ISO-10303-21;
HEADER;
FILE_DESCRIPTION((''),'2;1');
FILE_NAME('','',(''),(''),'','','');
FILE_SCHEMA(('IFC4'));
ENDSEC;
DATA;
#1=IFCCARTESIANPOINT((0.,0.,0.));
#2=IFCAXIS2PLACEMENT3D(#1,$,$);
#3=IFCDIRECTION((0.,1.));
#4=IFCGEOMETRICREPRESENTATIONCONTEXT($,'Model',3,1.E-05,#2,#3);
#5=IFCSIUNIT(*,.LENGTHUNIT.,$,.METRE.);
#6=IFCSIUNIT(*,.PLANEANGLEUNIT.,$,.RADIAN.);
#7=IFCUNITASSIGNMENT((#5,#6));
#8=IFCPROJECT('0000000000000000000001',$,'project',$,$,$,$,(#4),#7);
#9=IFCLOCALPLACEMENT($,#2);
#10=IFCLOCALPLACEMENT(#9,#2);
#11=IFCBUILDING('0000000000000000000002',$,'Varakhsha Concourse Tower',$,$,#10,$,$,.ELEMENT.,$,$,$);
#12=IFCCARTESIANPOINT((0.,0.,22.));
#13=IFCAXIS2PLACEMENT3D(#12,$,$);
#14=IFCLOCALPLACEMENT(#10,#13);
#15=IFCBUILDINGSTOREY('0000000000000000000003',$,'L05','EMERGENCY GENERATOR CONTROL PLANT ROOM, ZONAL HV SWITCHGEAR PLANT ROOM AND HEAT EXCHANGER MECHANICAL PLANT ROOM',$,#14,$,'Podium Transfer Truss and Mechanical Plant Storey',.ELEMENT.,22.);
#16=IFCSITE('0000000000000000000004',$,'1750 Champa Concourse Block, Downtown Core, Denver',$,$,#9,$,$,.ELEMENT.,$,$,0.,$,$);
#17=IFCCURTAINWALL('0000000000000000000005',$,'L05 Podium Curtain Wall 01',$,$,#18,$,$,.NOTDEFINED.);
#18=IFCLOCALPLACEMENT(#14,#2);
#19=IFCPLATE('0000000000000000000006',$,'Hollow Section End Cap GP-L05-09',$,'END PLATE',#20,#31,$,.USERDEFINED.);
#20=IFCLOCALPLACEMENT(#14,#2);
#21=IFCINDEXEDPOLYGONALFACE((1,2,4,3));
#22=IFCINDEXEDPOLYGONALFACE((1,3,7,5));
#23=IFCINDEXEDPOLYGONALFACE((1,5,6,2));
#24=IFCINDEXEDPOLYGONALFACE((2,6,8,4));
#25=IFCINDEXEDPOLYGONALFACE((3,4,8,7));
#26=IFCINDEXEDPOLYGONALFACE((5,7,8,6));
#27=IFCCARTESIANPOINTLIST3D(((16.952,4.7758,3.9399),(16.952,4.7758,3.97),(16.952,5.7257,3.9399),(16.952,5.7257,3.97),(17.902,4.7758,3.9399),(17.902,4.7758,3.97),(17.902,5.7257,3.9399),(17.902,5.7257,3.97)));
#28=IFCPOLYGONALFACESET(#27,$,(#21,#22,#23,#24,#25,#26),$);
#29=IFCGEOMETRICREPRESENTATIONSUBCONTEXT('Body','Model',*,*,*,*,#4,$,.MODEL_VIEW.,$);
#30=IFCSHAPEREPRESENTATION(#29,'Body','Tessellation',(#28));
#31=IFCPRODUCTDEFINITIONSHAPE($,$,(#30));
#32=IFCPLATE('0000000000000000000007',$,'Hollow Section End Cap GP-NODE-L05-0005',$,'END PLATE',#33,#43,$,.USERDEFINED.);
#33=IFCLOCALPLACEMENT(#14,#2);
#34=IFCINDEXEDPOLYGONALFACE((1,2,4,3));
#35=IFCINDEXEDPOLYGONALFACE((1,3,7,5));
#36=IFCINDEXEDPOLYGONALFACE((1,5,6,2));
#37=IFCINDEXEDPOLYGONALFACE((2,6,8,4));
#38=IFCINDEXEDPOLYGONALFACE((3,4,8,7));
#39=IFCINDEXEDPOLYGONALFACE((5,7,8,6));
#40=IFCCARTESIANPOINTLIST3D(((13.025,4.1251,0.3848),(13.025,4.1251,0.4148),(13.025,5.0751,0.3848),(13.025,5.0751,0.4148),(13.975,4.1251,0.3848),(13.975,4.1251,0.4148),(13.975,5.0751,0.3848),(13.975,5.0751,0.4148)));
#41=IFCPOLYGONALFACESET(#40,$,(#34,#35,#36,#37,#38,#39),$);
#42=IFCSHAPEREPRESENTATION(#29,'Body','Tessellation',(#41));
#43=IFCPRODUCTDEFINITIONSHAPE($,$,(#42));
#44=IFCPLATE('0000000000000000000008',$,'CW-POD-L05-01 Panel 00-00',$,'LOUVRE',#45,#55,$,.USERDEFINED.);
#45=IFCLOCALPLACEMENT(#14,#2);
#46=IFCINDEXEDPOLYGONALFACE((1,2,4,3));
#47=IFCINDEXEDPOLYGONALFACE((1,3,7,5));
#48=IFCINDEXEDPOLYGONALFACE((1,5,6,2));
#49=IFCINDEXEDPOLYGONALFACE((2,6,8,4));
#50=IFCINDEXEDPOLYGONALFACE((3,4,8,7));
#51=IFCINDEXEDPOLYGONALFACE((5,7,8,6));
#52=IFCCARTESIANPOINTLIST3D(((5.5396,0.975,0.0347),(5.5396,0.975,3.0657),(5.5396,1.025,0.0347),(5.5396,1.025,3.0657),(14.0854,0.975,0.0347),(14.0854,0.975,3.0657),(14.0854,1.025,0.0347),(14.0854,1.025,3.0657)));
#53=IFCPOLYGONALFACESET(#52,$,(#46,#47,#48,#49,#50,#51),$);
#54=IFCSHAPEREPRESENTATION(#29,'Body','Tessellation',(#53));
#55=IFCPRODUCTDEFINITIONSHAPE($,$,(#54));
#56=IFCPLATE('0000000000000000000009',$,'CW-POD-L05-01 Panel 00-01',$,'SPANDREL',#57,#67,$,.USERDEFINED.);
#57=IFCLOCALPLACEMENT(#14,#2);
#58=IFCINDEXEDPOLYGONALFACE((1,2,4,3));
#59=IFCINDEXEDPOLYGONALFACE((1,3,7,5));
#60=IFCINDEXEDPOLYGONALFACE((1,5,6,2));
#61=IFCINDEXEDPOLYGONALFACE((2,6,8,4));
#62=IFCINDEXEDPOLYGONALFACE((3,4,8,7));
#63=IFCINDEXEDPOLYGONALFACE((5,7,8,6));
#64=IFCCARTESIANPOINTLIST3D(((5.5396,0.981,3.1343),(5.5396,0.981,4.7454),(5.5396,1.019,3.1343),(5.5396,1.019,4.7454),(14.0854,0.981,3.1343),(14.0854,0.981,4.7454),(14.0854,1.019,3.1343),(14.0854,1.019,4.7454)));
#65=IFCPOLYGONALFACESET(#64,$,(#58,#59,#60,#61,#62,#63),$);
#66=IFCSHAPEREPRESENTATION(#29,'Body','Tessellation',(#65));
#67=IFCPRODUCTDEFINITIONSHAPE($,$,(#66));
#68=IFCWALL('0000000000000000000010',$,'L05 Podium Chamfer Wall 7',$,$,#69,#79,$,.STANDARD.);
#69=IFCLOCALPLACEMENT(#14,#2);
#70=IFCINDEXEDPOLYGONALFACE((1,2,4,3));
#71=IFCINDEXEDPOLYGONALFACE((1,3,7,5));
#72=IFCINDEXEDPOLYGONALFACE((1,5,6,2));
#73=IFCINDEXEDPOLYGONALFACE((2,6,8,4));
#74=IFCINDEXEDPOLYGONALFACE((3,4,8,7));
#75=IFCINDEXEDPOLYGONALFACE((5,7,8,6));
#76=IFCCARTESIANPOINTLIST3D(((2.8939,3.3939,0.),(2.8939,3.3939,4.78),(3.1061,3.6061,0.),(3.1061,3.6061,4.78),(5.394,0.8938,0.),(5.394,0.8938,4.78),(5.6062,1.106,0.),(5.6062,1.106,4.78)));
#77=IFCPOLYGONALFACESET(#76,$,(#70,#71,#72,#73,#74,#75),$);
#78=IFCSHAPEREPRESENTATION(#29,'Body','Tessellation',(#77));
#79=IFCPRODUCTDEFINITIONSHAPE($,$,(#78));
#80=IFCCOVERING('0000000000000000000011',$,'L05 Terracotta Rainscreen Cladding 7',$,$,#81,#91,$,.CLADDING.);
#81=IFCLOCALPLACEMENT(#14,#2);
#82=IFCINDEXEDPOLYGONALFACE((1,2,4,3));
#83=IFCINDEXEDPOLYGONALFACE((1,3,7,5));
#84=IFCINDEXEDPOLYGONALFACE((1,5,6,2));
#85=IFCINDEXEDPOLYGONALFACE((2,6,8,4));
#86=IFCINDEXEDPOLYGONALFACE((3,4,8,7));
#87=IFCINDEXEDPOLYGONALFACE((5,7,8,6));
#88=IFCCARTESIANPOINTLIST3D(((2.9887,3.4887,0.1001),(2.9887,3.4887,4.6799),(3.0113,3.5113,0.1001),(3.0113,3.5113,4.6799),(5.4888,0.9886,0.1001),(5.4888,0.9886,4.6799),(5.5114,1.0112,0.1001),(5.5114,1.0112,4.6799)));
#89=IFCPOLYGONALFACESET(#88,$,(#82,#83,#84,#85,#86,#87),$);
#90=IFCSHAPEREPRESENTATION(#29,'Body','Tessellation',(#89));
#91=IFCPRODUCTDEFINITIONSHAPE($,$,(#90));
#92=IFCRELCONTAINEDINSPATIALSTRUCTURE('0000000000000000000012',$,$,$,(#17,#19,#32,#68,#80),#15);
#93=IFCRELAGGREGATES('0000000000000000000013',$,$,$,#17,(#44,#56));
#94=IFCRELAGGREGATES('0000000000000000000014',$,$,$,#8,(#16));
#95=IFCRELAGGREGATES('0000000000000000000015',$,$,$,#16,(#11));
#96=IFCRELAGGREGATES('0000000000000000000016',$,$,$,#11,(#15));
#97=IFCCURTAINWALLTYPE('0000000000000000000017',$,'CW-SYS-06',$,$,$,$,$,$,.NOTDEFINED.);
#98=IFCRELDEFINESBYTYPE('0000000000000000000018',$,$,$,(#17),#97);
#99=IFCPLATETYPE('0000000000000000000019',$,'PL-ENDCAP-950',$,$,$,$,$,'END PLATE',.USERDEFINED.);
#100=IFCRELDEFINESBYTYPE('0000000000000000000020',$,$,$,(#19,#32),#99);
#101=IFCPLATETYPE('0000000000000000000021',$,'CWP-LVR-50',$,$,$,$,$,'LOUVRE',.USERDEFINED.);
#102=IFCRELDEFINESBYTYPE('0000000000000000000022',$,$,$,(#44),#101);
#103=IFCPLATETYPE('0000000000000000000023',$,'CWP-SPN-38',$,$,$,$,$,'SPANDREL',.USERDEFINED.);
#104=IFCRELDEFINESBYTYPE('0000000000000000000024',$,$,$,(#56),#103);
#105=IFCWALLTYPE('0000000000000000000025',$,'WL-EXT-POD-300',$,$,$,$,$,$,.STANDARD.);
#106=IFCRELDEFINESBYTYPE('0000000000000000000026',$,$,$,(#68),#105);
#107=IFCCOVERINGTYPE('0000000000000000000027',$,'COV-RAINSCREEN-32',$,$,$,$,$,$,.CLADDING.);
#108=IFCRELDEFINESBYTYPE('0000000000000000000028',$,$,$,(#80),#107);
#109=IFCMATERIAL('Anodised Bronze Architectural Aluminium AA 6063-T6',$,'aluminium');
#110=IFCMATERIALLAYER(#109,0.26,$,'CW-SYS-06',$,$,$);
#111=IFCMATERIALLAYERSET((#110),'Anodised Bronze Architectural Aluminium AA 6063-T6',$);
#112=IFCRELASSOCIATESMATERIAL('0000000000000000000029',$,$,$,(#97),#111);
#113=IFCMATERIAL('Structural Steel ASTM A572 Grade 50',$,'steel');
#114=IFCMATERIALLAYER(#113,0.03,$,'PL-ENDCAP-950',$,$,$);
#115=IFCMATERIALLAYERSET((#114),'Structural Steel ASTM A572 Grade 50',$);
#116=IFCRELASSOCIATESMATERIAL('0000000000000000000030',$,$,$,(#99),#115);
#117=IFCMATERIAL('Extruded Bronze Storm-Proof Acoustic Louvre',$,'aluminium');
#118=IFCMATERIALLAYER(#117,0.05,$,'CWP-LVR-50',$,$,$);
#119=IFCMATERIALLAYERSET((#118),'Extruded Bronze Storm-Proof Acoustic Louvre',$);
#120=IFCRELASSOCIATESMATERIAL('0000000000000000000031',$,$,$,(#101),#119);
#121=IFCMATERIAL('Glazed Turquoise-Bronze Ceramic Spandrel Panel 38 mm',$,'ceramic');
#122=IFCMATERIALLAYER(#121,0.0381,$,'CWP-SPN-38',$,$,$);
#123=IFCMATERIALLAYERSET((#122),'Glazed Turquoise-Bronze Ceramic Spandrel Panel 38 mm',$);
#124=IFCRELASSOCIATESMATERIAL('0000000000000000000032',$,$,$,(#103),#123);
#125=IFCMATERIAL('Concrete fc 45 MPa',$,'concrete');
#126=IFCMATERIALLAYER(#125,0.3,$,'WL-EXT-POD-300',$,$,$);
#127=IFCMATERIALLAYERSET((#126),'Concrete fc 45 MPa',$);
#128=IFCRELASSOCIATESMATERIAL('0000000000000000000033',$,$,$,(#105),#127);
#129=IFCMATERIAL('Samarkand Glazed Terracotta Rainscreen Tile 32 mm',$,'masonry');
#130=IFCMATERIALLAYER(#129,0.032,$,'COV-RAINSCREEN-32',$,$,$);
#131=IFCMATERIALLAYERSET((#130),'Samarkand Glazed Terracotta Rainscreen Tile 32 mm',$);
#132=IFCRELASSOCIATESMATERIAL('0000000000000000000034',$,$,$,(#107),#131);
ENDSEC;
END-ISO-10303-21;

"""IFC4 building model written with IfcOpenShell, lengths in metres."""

from ifc_helpers import new_model, si_unit, direction, frame, frame_2d, origin, origin_2d, place, context, subcontext, project, spatial, rectangle, extrude, source, transform, mapped, material, layer, layer_set, type_object, type_shapes, element, aggregate, save


model = new_model("IFC4")

# Units and contexts
model_context = context("Model", 3, precision=1e-05, world=origin(), true_north=direction((0.0, 1.0)))
body_context = subcontext(model_context, "Body", "Model", "MODEL_VIEW")
ifc_project = project(units=[si_unit("LENGTHUNIT", "METRE"), si_unit("PLANEANGLEUNIT", "RADIAN")], contexts=[model_context])

# Site, building, storey
site_placement = place(None, origin())
site = spatial("IfcSite", under=ifc_project, at=site_placement, Name="1750 Champa Concourse Block, Downtown Core, Denver", CompositionType="ELEMENT", RefElevation=0.0)
building_placement = place(site_placement, origin())
building = spatial("IfcBuilding", under=site, at=building_placement, Name="Varakhsha Concourse Tower", CompositionType="ELEMENT")
storey_placement = place(building_placement, frame((0.0, 0.0, 22.0)))
storey = spatial("IfcBuildingStorey", under=building, at=storey_placement, Name="L05", Description="EMERGENCY GENERATOR CONTROL PLANT ROOM, ZONAL HV SWITCHGEAR PLANT ROOM AND HEAT EXCHANGER MECHANICAL PLANT ROOM", LongName="Podium Transfer Truss and Mechanical Plant Storey", CompositionType="ELEMENT", Elevation=22.0)

# Shared definitions
ifc_material_1 = material(Name="Structural Steel ASTM A572 Grade 50", Category="steel")

# Curtain wall
ifc_material_2 = material(Name="Anodised Bronze Architectural Aluminium AA 6063-T6", Category="aluminium")
ifc_layer_1 = layer(ifc_material_2, 0.26, Name="CW-SYS-06")
ifc_layer_set_1 = layer_set([ifc_layer_1], Name="Anodised Bronze Architectural Aluminium AA 6063-T6")
curtain_wall_type = type_object("IfcCurtainWallType", Name="CW-SYS-06", PredefinedType="NOTDEFINED", material=ifc_layer_set_1)
curtain_wall_1_placement = place(storey_placement, origin())
curtain_wall_1 = element("IfcCurtainWall", 1, at=curtain_wall_1_placement, inside=storey, type_object=curtain_wall_type, Name="L05 Podium Curtain Wall 01", PredefinedType="NOTDEFINED")

# Shared definitions
ifc_material_3 = material(Name="Concrete fc 45 MPa", Category="concrete")

# Plates
ifc_layer_2 = layer(ifc_material_1, 0.03, Name="PL-ENDCAP-950")
ifc_layer_set_2 = layer_set([ifc_layer_2], Name="Structural Steel ASTM A572 Grade 50")
plate_type_1 = type_object("IfcPlateType", Name="PL-ENDCAP-950", ElementType="END PLATE", PredefinedType="USERDEFINED", material=ifc_layer_set_2)
shared_shape_1 = source(origin(), body_context, "Body", "SweptSolid", [
    extrude(rectangle(XDim=0.95, YDim=0.95, at=origin_2d()), origin(), (0.0, 0.0, 1.0), 0.03),
])
type_shapes(plate_type_1, [shared_shape_1])
for number, where, z_axis, x_axis, name in (
    (2, (17.427, 5.2507, 3.9399), (0.0, 0.0, 1.0), (1.0, 0.0, 0.0), "Hollow Section End Cap GP-L05-09"),
    (3, (13.5, 4.6001, 0.3848), (0.0, 0.0, 1.0), (1.0, 0.0, 0.0), "Hollow Section End Cap GP-NODE-L05-0005"),
):
    element("IfcPlate", number, at=place(storey_placement, frame(where, z_axis=z_axis, x_axis=x_axis)), inside=storey, type_object=plate_type_1, Name=name, ObjectType="END PLATE", PredefinedType="USERDEFINED", context=body_context, shape_type="MappedRepresentation", body=[
        mapped(shared_shape_1, transform((0.0, 0.0, 0.0), scale=1.0)),
    ])

# Plates
ifc_material_4 = material(Name="Extruded Bronze Storm-Proof Acoustic Louvre", Category="aluminium")
ifc_layer_3 = layer(ifc_material_4, 0.05, Name="CWP-LVR-50")
ifc_layer_set_3 = layer_set([ifc_layer_3], Name="Extruded Bronze Storm-Proof Acoustic Louvre")
plate_type_2 = type_object("IfcPlateType", Name="CWP-LVR-50", ElementType="LOUVRE", PredefinedType="USERDEFINED", material=ifc_layer_set_3)
shared_shape_2 = source(origin(), body_context, "Body", "SweptSolid", [
    extrude(rectangle(XDim=8.5459, YDim=0.05, at=origin_2d()), origin(), (0.0, 0.0, 1.0), 3.031),
])
type_shapes(plate_type_2, [shared_shape_2])
plate_1_placement = place(storey_placement, frame((9.8125, 1.0, 0.0347), z_axis=(0.0, 0.0, 1.0), x_axis=(1.0, 0.0, 0.0)))
plate_1 = element("IfcPlate", 4, at=plate_1_placement, type_object=plate_type_2, Name="CW-POD-L05-01 Panel 00-00", ObjectType="LOUVRE", PredefinedType="USERDEFINED", context=body_context, shape_type="MappedRepresentation", body=[
    mapped(shared_shape_2, transform((0.0, 0.0, 0.0), scale=1.0)),
])
ifc_material_5 = material(Name="Glazed Turquoise-Bronze Ceramic Spandrel Panel 38 mm", Category="ceramic")
ifc_layer_4 = layer(ifc_material_5, 0.0381, Name="CWP-SPN-38")
ifc_layer_set_4 = layer_set([ifc_layer_4], Name="Glazed Turquoise-Bronze Ceramic Spandrel Panel 38 mm")
plate_type_3 = type_object("IfcPlateType", Name="CWP-SPN-38", ElementType="SPANDREL", PredefinedType="USERDEFINED", material=ifc_layer_set_4)
shared_shape_3 = source(origin(), body_context, "Body", "SweptSolid", [
    extrude(rectangle(XDim=8.5459, YDim=0.0381, at=origin_2d()), origin(), (0.0, 0.0, 1.0), 1.6111),
])
type_shapes(plate_type_3, [shared_shape_3])
plate_2_placement = place(storey_placement, frame((9.8125, 1.0, 3.1343), z_axis=(0.0, 0.0, 1.0), x_axis=(1.0, 0.0, 0.0)))
plate_2 = element("IfcPlate", 5, at=plate_2_placement, type_object=plate_type_3, Name="CW-POD-L05-01 Panel 00-01", ObjectType="SPANDREL", PredefinedType="USERDEFINED", context=body_context, shape_type="MappedRepresentation", body=[
    mapped(shared_shape_3, transform((0.0, 0.0, 0.0), scale=1.0)),
])
aggregate(curtain_wall_1, [plate_1, plate_2])

# Wall
ifc_layer_5 = layer(ifc_material_3, 0.3, Name="WL-EXT-POD-300")
ifc_layer_set_5 = layer_set([ifc_layer_5], Name="Concrete fc 45 MPa")
wall_type = type_object("IfcWallType", Name="WL-EXT-POD-300", PredefinedType="STANDARD", material=ifc_layer_set_5)
wall_placement = place(storey_placement, frame((3.0, 3.5, 0.0), z_axis=(0.0, 0.0, 1.0), x_axis=(0.707107, -0.707107, 0.0)))
element("IfcWall", 6, at=wall_placement, inside=storey, type_object=wall_type, Name="L05 Podium Chamfer Wall 7", PredefinedType="STANDARD", context=body_context, shape_type="SweptSolid", body=[
    extrude(rectangle(XDim=3.5356, YDim=0.3, at=frame_2d((1.7678, 0.0))), origin(), (0.0, 0.0, 1.0), 4.78),
])

# Covering
ifc_material_6 = material(Name="Samarkand Glazed Terracotta Rainscreen Tile 32 mm", Category="masonry")
ifc_layer_6 = layer(ifc_material_6, 0.032, Name="COV-RAINSCREEN-32")
ifc_layer_set_6 = layer_set([ifc_layer_6], Name="Samarkand Glazed Terracotta Rainscreen Tile 32 mm")
covering_type = type_object("IfcCoveringType", Name="COV-RAINSCREEN-32", PredefinedType="CLADDING", material=ifc_layer_set_6)
covering_placement = place(storey_placement, frame((3.0, 3.5, 0.1001), z_axis=(0.0, 0.0, 1.0), x_axis=(0.707107, -0.707107, 0.0)))
element("IfcCovering", 7, at=covering_placement, inside=storey, type_object=covering_type, Name="L05 Terracotta Rainscreen Cladding 7", PredefinedType="CLADDING", context=body_context, shape_type="SweptSolid", body=[
    extrude(rectangle(XDim=3.5356, YDim=0.032, at=frame_2d((1.7678, 0.0))), origin(), (0.0, 0.0, 1.0), 4.5798),
])

save(model, "model.ifc")
